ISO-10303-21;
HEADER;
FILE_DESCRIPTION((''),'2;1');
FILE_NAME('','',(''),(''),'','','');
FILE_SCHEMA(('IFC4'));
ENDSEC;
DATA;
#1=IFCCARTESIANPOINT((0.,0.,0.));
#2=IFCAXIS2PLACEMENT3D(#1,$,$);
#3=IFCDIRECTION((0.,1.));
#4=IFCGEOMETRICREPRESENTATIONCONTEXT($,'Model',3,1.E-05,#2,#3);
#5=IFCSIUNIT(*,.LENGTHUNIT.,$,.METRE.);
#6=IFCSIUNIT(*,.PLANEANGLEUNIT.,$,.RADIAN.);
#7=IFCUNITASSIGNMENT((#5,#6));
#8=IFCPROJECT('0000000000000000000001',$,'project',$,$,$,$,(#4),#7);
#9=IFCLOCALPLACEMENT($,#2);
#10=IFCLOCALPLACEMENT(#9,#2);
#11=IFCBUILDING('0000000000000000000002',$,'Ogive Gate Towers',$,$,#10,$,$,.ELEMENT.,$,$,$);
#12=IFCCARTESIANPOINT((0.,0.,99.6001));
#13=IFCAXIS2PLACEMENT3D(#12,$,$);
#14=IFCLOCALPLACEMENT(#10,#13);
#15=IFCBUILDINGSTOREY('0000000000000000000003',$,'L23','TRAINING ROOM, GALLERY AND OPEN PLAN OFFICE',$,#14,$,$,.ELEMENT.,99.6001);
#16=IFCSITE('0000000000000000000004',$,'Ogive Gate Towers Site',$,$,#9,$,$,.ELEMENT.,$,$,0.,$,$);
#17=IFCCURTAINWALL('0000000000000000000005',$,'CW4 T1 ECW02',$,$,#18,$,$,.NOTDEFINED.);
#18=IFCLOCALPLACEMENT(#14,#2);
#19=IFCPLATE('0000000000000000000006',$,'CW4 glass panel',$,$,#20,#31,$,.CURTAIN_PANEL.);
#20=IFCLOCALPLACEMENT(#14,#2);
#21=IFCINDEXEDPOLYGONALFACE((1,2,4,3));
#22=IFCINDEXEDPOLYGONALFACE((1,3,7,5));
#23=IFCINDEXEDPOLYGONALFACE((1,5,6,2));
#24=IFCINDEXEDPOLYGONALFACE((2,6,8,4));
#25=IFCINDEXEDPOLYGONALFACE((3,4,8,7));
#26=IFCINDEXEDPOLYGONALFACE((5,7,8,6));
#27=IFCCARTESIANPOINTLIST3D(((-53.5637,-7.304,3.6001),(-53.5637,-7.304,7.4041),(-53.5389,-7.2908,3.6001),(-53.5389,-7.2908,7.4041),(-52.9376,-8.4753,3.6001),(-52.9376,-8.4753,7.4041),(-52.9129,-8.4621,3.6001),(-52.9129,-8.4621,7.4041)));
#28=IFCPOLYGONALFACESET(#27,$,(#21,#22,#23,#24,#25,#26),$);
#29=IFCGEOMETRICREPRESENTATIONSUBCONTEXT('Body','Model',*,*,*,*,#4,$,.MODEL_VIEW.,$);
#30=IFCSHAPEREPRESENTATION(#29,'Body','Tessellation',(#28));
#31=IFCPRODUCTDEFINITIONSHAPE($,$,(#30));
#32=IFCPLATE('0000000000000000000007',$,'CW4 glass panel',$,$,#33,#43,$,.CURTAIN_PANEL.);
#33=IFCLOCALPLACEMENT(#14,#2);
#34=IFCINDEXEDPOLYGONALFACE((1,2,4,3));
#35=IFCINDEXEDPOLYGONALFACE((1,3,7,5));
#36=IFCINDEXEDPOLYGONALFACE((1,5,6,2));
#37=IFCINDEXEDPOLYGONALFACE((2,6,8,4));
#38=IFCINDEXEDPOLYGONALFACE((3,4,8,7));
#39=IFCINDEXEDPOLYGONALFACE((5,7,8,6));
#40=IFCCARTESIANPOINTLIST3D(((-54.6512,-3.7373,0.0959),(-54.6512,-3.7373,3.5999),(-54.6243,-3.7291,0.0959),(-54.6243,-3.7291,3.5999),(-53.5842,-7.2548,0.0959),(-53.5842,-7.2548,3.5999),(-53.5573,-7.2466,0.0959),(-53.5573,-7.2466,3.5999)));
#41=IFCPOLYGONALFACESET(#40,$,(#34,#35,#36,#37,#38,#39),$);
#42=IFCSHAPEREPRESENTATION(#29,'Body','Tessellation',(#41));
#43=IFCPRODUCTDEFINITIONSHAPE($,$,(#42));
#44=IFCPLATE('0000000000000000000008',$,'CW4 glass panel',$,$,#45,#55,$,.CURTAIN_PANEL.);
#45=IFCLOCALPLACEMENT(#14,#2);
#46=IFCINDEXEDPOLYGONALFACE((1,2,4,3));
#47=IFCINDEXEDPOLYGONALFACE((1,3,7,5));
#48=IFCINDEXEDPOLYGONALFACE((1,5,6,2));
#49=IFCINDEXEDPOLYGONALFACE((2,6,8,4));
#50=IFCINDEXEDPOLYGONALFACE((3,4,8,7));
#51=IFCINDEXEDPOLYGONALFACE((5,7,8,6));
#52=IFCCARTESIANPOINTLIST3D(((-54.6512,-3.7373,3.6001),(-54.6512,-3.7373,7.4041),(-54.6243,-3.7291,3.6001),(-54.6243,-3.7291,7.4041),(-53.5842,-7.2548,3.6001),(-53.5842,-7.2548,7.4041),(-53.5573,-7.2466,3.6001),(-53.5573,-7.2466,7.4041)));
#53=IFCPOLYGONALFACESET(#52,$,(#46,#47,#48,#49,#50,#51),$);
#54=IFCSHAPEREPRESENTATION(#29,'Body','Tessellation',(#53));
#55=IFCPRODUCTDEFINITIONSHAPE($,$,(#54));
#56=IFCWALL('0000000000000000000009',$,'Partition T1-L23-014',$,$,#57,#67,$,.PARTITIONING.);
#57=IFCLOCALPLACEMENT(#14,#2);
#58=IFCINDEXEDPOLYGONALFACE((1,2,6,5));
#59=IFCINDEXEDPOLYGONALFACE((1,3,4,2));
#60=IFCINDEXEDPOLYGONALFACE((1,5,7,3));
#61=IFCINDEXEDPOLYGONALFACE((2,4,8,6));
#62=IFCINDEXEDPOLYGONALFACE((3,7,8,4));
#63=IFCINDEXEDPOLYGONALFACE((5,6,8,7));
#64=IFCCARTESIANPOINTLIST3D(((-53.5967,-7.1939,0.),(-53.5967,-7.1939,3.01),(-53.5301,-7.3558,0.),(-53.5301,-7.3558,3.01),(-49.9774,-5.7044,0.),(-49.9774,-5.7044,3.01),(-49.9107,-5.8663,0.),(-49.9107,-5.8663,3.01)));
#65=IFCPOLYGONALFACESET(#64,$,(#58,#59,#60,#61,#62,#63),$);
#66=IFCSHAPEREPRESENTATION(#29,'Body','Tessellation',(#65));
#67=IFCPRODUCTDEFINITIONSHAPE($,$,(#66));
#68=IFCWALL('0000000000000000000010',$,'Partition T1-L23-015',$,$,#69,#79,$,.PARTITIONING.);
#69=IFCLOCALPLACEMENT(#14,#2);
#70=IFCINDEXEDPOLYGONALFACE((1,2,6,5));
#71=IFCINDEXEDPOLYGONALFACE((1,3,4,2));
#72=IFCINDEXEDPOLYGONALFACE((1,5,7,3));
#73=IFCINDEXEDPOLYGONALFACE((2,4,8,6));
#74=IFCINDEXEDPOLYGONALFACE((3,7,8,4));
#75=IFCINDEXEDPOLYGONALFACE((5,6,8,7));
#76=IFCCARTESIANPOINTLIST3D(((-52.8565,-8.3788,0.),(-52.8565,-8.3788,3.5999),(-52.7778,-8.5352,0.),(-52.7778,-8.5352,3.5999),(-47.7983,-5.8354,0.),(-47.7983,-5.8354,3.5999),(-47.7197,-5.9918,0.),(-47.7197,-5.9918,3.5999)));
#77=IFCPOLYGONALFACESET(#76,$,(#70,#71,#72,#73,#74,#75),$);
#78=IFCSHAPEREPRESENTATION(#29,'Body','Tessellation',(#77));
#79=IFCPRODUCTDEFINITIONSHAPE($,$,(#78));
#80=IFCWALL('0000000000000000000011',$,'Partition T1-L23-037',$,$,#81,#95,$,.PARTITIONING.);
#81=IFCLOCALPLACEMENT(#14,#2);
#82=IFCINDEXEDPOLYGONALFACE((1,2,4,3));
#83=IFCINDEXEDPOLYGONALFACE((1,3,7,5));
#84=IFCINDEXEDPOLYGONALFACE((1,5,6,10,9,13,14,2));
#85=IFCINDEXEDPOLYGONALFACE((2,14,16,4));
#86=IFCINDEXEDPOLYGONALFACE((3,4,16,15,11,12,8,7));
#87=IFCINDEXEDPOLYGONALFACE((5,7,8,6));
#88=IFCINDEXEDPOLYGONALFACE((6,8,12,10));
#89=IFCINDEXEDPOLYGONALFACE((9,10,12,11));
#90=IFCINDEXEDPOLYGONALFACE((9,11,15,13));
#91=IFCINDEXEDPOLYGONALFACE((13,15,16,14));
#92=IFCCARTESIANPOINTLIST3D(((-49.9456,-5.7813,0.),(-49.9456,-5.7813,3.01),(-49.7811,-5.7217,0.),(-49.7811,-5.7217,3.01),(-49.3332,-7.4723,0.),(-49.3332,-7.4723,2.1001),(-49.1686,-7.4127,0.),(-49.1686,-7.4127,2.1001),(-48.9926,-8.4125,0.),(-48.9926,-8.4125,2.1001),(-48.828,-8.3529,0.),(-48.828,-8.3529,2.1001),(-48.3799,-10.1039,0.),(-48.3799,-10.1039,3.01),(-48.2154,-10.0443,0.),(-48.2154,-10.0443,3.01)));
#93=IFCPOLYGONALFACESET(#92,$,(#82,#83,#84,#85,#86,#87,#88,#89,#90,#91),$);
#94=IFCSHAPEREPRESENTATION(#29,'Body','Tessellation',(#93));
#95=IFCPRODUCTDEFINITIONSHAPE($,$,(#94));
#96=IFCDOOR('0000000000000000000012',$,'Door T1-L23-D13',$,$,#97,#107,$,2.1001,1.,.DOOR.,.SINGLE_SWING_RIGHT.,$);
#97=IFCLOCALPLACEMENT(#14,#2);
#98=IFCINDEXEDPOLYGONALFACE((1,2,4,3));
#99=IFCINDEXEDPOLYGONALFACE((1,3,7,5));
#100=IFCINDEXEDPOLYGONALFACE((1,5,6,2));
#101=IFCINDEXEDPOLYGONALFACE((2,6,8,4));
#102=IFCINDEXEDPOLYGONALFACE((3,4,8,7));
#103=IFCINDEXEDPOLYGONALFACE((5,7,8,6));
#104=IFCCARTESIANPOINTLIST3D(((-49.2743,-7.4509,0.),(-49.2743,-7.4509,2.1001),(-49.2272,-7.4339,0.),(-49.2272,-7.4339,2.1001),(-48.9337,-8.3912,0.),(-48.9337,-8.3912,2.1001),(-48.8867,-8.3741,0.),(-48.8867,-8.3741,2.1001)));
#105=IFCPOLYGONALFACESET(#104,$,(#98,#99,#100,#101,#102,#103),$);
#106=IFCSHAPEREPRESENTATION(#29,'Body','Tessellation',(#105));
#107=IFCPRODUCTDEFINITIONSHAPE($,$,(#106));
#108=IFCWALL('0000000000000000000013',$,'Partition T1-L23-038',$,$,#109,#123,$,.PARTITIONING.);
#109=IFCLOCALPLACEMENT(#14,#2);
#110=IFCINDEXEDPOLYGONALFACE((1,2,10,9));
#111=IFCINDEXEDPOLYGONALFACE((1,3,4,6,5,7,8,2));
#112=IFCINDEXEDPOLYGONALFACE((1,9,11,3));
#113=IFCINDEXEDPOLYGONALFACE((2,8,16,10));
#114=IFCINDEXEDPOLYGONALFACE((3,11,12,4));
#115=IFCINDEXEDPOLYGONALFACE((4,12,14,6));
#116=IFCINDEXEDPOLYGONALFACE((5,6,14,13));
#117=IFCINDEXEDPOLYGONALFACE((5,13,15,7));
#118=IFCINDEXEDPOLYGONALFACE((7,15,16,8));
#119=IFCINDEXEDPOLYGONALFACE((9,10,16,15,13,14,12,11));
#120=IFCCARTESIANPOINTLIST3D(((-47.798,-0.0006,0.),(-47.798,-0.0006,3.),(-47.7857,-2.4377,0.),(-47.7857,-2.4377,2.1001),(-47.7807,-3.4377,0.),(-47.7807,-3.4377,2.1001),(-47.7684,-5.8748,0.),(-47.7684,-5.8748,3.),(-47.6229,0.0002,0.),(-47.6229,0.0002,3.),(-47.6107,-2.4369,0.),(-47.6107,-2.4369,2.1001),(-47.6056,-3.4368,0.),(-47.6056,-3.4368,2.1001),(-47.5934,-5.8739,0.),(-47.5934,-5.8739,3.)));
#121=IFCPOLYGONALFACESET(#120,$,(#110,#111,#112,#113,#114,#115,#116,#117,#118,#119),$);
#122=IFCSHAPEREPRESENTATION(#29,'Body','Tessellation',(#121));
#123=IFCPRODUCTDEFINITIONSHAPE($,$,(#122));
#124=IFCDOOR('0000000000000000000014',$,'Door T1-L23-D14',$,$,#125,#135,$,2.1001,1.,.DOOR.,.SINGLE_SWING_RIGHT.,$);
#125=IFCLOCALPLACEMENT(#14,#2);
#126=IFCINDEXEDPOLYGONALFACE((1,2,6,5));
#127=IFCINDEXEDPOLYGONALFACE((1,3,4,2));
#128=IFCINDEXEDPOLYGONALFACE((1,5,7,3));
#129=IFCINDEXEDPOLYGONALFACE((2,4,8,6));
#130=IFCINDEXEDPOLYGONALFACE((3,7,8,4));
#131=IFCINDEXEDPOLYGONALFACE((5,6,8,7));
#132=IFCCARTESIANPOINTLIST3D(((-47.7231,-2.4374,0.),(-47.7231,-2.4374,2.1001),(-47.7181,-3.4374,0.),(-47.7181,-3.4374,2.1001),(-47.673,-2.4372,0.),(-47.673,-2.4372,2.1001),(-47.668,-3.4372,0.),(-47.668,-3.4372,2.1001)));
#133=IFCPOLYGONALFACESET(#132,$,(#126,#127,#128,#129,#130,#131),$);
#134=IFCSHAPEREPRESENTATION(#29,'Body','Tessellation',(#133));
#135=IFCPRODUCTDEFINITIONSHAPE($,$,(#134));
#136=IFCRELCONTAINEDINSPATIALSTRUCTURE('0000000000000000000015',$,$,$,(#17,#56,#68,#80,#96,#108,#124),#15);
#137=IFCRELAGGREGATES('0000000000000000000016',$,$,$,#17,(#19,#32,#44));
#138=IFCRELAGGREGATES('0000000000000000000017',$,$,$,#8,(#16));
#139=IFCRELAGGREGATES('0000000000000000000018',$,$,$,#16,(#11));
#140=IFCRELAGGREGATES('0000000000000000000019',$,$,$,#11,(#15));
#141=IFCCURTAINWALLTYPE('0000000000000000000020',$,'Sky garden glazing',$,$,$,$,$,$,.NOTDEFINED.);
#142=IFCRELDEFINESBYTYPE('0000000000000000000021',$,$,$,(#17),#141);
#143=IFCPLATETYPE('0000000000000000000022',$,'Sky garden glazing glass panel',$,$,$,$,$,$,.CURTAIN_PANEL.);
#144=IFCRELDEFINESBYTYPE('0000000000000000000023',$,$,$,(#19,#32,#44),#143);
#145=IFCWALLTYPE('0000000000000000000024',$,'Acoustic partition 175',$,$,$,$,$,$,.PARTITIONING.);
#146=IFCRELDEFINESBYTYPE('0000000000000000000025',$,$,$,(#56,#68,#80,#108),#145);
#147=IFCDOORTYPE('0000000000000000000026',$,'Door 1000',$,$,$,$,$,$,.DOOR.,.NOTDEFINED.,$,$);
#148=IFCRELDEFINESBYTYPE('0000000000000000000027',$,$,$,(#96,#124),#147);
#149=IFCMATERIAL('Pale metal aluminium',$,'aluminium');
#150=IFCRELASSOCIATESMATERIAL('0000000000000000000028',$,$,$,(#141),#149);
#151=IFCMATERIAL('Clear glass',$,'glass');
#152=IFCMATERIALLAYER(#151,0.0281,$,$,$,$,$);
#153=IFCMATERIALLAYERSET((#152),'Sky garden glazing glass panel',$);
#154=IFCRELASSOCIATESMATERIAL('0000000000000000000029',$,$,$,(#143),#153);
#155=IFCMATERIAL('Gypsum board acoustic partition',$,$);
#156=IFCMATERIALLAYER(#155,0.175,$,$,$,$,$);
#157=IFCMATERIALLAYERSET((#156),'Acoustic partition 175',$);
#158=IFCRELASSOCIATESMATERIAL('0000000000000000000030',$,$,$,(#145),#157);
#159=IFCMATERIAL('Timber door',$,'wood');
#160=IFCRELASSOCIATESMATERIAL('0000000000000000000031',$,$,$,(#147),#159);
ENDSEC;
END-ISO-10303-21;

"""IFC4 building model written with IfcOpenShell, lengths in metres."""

from ifc_helpers import new_model, si_unit, direction, frame, frame_2d, origin, origin_2d, place, context, subcontext, project, spatial, rectangle, extrude, material, layer, layer_set, type_object, element, fill, aggregate, save


model = new_model("IFC4")

# Units and contexts
model_context = context("Model", 3, precision=1e-05, world=origin(), true_north=direction((0.0, 1.0)))
body_context = subcontext(model_context, "Body", "Model", "MODEL_VIEW")
ifc_project = project(units=[si_unit("LENGTHUNIT", "METRE"), si_unit("PLANEANGLEUNIT", "RADIAN")], contexts=[model_context])

# Site, building, storey
site_placement = place(None, origin())
site = spatial("IfcSite", under=ifc_project, at=site_placement, Name="Ogive Gate Towers Site", CompositionType="ELEMENT", RefElevation=0.0)
building_placement = place(site_placement, origin())
building = spatial("IfcBuilding", under=site, at=building_placement, Name="Ogive Gate Towers", CompositionType="ELEMENT")
storey_placement = place(building_placement, frame((0.0, 0.0, 99.6001)))
storey = spatial("IfcBuildingStorey", under=building, at=storey_placement, Name="L23", Description="TRAINING ROOM, GALLERY AND OPEN PLAN OFFICE", CompositionType="ELEMENT", Elevation=99.6001)

# Curtain wall
ifc_material_1 = material(Name="Pale metal aluminium", Category="aluminium")
curtain_wall_type = type_object("IfcCurtainWallType", Name="Sky garden glazing", PredefinedType="NOTDEFINED", material=ifc_material_1)
curtain_wall_placement = place(storey_placement, origin())
curtain_wall = element("IfcCurtainWall", 1, at=curtain_wall_placement, inside=storey, type_object=curtain_wall_type, Name="CW4 T1 ECW02", PredefinedType="NOTDEFINED")

# Plates
ifc_material_2 = material(Name="Clear glass", Category="glass")
ifc_layer_1 = layer(ifc_material_2, 0.0281)
ifc_layer_set_1 = layer_set([ifc_layer_1], Name="Sky garden glazing glass panel")
plate_type = type_object("IfcPlateType", Name="Sky garden glazing glass panel", PredefinedType="CURTAIN_PANEL", material=ifc_layer_set_1)
plate_1_placement = place(storey_placement, frame((-53.2383, -7.8831, 3.6001), z_axis=(0.0, 0.0, 1.0), x_axis=(-0.471397, 0.881921, 0.0)))
plate_1 = element("IfcPlate", 2, at=plate_1_placement, type_object=plate_type, Name="CW4 glass panel", PredefinedType="CURTAIN_PANEL", context=body_context, shape_type="SweptSolid", body=[
    extrude(rectangle(XDim=1.3281, YDim=0.0281, at=origin_2d()), origin(), (0.0, 0.0, 1.0), 3.804),
])
plate_2_placement = place(storey_placement, frame((-54.1042, -5.4919, 0.0959), z_axis=(0.0, 0.0, 1.0), x_axis=(-0.290285, 0.95694, 0.0)))
plate_2 = element("IfcPlate", 3, at=plate_2_placement, type_object=plate_type, Name="CW4 glass panel", PredefinedType="CURTAIN_PANEL", context=body_context, shape_type="SweptSolid", body=[
    extrude(rectangle(XDim=3.6758, YDim=0.0281, at=origin_2d()), origin(), (0.0, 0.0, 1.0), 3.5039),
])
plate_3_placement = place(storey_placement, frame((-54.1042, -5.4919, 3.6001), z_axis=(0.0, 0.0, 1.0), x_axis=(-0.290285, 0.95694, 0.0)))
plate_3 = element("IfcPlate", 4, at=plate_3_placement, type_object=plate_type, Name="CW4 glass panel", PredefinedType="CURTAIN_PANEL", context=body_context, shape_type="SweptSolid", body=[
    extrude(rectangle(XDim=3.6758, YDim=0.0281, at=origin_2d()), origin(), (0.0, 0.0, 1.0), 3.804),
])
aggregate(curtain_wall, [plate_1, plate_2, plate_3])

# Walls
ifc_material_3 = material(Name="Gypsum board acoustic partition")
ifc_layer_2 = layer(ifc_material_3, 0.175)
ifc_layer_set_2 = layer_set([ifc_layer_2], Name="Acoustic partition 175")
wall_type_1 = type_object("IfcWallType", Name="Acoustic partition 175", PredefinedType="PARTITIONING", material=ifc_layer_set_2)
wall_1_placement = place(storey_placement, frame((-53.5635, -7.2749, 0.0), z_axis=(0.0, 0.0, 1.0), x_axis=(0.924753, 0.380568, 0.0)))
element("IfcWall", 5, at=wall_1_placement, inside=storey, type_object=wall_type_1, Name="Partition T1-L23-014", PredefinedType="PARTITIONING", context=body_context, shape_type="SweptSolid", body=[
    extrude(rectangle(XDim=3.9138, YDim=0.175, at=frame_2d((1.957, 0.0))), origin(), (0.0, 0.0, 1.0), 3.01),
])
wall_2_placement = place(storey_placement, frame((-52.8171, -8.457, 0.0), z_axis=(0.0, 0.0, 1.0), x_axis=(0.893407, 0.449248, 0.0)))
element("IfcWall", 6, at=wall_2_placement, inside=storey, type_object=wall_type_1, Name="Partition T1-L23-015", PredefinedType="PARTITIONING", context=body_context, shape_type="SweptSolid", body=[
    extrude(rectangle(XDim=5.6616, YDim=0.175, at=frame_2d((2.8308, 0.0))), origin(), (0.0, 0.0, 1.0), 3.5999),
])

# Walls, openings, doors
wall_3_placement = place(storey_placement, frame((-48.2976, -10.0742, 0.0), z_axis=(0.0, 0.0, 1.0), x_axis=(-0.340562, 0.940222, 0.0)))
wall_3 = element("IfcWall", 7, at=wall_3_placement, inside=storey, type_object=wall_type_1, Name="Partition T1-L23-037", PredefinedType="PARTITIONING", context=body_context, shape_type="SweptSolid", body=[
    extrude(rectangle(XDim=4.5974, YDim=0.175, at=frame_2d((2.2988, 0.0))), origin(), (0.0, 0.0, 1.0), 3.01),
])
opening_1_placement = place(wall_3_placement, frame((1.7991, 0.0, 0.0)))
opening_1 = element("IfcOpeningElement", 8, at=opening_1_placement, cuts=wall_3, PredefinedType="OPENING", context=body_context, shape_type="SweptSolid", body=[
    extrude(rectangle(XDim=1.0, YDim=2.1001, at=frame_2d((0.5, 1.05))), frame((0.0, 0.0977, 0.0), z_axis=(0.0, -1.0, 0.0), x_axis=(1.0, 0.0, 0.0)), (0.0, 0.0, 1.0), 0.1951),
])
ifc_material_4 = material(Name="Timber door", Category="wood")
door_type_1 = type_object("IfcDoorType", Name="Door 1000", OperationType="NOTDEFINED", PredefinedType="DOOR", material=ifc_material_4)
door_1_placement = place(opening_1_placement, origin())
door_1 = element("IfcDoor", 9, at=door_1_placement, inside=storey, type_object=door_type_1, Name="Door T1-L23-D13", OperationType="SINGLE_SWING_RIGHT", OverallHeight=2.1001, OverallWidth=1.0, PredefinedType="DOOR", context=body_context, shape_type="SweptSolid", body=[
    extrude(rectangle(XDim=1.0, YDim=2.1001, at=frame_2d((0.5, 1.05))), frame((0.0, 0.0249, 0.0), z_axis=(0.0, -1.0, 0.0), x_axis=(1.0, 0.0, 0.0)), (0.0, 0.0, 1.0), 0.05),
])
fill(opening_1, door_1)
wall_4_placement = place(storey_placement, frame((-47.6809, -5.8743, 0.0), z_axis=(0.0, 0.0, 1.0), x_axis=(-0.005029, 0.999987, 0.0)))
wall_4 = element("IfcWall", 10, at=wall_4_placement, inside=storey, type_object=wall_type_1, Name="Partition T1-L23-038", PredefinedType="PARTITIONING", context=body_context, shape_type="SweptSolid", body=[
    extrude(rectangle(XDim=5.8743, YDim=0.175, at=frame_2d((2.937, 0.0))), origin(), (0.0, 0.0, 1.0), 3.0),
])
opening_2_placement = place(wall_4_placement, frame((2.437, 0.0, 0.0)))
opening_2 = element("IfcOpeningElement", 11, at=opening_2_placement, cuts=wall_4, PredefinedType="OPENING", context=body_context, shape_type="SweptSolid", body=[
    extrude(rectangle(XDim=1.0, YDim=2.1001, at=frame_2d((0.5, 1.05))), frame((0.0, 0.0977, 0.0), z_axis=(0.0, -1.0, 0.0), x_axis=(1.0, 0.0, 0.0)), (0.0, 0.0, 1.0), 0.1951),
])
door_2_placement = place(opening_2_placement, origin())
door_2 = element("IfcDoor", 12, at=door_2_placement, inside=storey, type_object=door_type_1, Name="Door T1-L23-D14", OperationType="SINGLE_SWING_RIGHT", OverallHeight=2.1001, OverallWidth=1.0, PredefinedType="DOOR", context=body_context, shape_type="SweptSolid", body=[
    extrude(rectangle(XDim=1.0, YDim=2.1001, at=frame_2d((0.5, 1.05))), frame((0.0, 0.0249, 0.0), z_axis=(0.0, -1.0, 0.0), x_axis=(1.0, 0.0, 0.0)), (0.0, 0.0, 1.0), 0.05),
])
fill(opening_2, door_2)

save(model, "model.ifc")
